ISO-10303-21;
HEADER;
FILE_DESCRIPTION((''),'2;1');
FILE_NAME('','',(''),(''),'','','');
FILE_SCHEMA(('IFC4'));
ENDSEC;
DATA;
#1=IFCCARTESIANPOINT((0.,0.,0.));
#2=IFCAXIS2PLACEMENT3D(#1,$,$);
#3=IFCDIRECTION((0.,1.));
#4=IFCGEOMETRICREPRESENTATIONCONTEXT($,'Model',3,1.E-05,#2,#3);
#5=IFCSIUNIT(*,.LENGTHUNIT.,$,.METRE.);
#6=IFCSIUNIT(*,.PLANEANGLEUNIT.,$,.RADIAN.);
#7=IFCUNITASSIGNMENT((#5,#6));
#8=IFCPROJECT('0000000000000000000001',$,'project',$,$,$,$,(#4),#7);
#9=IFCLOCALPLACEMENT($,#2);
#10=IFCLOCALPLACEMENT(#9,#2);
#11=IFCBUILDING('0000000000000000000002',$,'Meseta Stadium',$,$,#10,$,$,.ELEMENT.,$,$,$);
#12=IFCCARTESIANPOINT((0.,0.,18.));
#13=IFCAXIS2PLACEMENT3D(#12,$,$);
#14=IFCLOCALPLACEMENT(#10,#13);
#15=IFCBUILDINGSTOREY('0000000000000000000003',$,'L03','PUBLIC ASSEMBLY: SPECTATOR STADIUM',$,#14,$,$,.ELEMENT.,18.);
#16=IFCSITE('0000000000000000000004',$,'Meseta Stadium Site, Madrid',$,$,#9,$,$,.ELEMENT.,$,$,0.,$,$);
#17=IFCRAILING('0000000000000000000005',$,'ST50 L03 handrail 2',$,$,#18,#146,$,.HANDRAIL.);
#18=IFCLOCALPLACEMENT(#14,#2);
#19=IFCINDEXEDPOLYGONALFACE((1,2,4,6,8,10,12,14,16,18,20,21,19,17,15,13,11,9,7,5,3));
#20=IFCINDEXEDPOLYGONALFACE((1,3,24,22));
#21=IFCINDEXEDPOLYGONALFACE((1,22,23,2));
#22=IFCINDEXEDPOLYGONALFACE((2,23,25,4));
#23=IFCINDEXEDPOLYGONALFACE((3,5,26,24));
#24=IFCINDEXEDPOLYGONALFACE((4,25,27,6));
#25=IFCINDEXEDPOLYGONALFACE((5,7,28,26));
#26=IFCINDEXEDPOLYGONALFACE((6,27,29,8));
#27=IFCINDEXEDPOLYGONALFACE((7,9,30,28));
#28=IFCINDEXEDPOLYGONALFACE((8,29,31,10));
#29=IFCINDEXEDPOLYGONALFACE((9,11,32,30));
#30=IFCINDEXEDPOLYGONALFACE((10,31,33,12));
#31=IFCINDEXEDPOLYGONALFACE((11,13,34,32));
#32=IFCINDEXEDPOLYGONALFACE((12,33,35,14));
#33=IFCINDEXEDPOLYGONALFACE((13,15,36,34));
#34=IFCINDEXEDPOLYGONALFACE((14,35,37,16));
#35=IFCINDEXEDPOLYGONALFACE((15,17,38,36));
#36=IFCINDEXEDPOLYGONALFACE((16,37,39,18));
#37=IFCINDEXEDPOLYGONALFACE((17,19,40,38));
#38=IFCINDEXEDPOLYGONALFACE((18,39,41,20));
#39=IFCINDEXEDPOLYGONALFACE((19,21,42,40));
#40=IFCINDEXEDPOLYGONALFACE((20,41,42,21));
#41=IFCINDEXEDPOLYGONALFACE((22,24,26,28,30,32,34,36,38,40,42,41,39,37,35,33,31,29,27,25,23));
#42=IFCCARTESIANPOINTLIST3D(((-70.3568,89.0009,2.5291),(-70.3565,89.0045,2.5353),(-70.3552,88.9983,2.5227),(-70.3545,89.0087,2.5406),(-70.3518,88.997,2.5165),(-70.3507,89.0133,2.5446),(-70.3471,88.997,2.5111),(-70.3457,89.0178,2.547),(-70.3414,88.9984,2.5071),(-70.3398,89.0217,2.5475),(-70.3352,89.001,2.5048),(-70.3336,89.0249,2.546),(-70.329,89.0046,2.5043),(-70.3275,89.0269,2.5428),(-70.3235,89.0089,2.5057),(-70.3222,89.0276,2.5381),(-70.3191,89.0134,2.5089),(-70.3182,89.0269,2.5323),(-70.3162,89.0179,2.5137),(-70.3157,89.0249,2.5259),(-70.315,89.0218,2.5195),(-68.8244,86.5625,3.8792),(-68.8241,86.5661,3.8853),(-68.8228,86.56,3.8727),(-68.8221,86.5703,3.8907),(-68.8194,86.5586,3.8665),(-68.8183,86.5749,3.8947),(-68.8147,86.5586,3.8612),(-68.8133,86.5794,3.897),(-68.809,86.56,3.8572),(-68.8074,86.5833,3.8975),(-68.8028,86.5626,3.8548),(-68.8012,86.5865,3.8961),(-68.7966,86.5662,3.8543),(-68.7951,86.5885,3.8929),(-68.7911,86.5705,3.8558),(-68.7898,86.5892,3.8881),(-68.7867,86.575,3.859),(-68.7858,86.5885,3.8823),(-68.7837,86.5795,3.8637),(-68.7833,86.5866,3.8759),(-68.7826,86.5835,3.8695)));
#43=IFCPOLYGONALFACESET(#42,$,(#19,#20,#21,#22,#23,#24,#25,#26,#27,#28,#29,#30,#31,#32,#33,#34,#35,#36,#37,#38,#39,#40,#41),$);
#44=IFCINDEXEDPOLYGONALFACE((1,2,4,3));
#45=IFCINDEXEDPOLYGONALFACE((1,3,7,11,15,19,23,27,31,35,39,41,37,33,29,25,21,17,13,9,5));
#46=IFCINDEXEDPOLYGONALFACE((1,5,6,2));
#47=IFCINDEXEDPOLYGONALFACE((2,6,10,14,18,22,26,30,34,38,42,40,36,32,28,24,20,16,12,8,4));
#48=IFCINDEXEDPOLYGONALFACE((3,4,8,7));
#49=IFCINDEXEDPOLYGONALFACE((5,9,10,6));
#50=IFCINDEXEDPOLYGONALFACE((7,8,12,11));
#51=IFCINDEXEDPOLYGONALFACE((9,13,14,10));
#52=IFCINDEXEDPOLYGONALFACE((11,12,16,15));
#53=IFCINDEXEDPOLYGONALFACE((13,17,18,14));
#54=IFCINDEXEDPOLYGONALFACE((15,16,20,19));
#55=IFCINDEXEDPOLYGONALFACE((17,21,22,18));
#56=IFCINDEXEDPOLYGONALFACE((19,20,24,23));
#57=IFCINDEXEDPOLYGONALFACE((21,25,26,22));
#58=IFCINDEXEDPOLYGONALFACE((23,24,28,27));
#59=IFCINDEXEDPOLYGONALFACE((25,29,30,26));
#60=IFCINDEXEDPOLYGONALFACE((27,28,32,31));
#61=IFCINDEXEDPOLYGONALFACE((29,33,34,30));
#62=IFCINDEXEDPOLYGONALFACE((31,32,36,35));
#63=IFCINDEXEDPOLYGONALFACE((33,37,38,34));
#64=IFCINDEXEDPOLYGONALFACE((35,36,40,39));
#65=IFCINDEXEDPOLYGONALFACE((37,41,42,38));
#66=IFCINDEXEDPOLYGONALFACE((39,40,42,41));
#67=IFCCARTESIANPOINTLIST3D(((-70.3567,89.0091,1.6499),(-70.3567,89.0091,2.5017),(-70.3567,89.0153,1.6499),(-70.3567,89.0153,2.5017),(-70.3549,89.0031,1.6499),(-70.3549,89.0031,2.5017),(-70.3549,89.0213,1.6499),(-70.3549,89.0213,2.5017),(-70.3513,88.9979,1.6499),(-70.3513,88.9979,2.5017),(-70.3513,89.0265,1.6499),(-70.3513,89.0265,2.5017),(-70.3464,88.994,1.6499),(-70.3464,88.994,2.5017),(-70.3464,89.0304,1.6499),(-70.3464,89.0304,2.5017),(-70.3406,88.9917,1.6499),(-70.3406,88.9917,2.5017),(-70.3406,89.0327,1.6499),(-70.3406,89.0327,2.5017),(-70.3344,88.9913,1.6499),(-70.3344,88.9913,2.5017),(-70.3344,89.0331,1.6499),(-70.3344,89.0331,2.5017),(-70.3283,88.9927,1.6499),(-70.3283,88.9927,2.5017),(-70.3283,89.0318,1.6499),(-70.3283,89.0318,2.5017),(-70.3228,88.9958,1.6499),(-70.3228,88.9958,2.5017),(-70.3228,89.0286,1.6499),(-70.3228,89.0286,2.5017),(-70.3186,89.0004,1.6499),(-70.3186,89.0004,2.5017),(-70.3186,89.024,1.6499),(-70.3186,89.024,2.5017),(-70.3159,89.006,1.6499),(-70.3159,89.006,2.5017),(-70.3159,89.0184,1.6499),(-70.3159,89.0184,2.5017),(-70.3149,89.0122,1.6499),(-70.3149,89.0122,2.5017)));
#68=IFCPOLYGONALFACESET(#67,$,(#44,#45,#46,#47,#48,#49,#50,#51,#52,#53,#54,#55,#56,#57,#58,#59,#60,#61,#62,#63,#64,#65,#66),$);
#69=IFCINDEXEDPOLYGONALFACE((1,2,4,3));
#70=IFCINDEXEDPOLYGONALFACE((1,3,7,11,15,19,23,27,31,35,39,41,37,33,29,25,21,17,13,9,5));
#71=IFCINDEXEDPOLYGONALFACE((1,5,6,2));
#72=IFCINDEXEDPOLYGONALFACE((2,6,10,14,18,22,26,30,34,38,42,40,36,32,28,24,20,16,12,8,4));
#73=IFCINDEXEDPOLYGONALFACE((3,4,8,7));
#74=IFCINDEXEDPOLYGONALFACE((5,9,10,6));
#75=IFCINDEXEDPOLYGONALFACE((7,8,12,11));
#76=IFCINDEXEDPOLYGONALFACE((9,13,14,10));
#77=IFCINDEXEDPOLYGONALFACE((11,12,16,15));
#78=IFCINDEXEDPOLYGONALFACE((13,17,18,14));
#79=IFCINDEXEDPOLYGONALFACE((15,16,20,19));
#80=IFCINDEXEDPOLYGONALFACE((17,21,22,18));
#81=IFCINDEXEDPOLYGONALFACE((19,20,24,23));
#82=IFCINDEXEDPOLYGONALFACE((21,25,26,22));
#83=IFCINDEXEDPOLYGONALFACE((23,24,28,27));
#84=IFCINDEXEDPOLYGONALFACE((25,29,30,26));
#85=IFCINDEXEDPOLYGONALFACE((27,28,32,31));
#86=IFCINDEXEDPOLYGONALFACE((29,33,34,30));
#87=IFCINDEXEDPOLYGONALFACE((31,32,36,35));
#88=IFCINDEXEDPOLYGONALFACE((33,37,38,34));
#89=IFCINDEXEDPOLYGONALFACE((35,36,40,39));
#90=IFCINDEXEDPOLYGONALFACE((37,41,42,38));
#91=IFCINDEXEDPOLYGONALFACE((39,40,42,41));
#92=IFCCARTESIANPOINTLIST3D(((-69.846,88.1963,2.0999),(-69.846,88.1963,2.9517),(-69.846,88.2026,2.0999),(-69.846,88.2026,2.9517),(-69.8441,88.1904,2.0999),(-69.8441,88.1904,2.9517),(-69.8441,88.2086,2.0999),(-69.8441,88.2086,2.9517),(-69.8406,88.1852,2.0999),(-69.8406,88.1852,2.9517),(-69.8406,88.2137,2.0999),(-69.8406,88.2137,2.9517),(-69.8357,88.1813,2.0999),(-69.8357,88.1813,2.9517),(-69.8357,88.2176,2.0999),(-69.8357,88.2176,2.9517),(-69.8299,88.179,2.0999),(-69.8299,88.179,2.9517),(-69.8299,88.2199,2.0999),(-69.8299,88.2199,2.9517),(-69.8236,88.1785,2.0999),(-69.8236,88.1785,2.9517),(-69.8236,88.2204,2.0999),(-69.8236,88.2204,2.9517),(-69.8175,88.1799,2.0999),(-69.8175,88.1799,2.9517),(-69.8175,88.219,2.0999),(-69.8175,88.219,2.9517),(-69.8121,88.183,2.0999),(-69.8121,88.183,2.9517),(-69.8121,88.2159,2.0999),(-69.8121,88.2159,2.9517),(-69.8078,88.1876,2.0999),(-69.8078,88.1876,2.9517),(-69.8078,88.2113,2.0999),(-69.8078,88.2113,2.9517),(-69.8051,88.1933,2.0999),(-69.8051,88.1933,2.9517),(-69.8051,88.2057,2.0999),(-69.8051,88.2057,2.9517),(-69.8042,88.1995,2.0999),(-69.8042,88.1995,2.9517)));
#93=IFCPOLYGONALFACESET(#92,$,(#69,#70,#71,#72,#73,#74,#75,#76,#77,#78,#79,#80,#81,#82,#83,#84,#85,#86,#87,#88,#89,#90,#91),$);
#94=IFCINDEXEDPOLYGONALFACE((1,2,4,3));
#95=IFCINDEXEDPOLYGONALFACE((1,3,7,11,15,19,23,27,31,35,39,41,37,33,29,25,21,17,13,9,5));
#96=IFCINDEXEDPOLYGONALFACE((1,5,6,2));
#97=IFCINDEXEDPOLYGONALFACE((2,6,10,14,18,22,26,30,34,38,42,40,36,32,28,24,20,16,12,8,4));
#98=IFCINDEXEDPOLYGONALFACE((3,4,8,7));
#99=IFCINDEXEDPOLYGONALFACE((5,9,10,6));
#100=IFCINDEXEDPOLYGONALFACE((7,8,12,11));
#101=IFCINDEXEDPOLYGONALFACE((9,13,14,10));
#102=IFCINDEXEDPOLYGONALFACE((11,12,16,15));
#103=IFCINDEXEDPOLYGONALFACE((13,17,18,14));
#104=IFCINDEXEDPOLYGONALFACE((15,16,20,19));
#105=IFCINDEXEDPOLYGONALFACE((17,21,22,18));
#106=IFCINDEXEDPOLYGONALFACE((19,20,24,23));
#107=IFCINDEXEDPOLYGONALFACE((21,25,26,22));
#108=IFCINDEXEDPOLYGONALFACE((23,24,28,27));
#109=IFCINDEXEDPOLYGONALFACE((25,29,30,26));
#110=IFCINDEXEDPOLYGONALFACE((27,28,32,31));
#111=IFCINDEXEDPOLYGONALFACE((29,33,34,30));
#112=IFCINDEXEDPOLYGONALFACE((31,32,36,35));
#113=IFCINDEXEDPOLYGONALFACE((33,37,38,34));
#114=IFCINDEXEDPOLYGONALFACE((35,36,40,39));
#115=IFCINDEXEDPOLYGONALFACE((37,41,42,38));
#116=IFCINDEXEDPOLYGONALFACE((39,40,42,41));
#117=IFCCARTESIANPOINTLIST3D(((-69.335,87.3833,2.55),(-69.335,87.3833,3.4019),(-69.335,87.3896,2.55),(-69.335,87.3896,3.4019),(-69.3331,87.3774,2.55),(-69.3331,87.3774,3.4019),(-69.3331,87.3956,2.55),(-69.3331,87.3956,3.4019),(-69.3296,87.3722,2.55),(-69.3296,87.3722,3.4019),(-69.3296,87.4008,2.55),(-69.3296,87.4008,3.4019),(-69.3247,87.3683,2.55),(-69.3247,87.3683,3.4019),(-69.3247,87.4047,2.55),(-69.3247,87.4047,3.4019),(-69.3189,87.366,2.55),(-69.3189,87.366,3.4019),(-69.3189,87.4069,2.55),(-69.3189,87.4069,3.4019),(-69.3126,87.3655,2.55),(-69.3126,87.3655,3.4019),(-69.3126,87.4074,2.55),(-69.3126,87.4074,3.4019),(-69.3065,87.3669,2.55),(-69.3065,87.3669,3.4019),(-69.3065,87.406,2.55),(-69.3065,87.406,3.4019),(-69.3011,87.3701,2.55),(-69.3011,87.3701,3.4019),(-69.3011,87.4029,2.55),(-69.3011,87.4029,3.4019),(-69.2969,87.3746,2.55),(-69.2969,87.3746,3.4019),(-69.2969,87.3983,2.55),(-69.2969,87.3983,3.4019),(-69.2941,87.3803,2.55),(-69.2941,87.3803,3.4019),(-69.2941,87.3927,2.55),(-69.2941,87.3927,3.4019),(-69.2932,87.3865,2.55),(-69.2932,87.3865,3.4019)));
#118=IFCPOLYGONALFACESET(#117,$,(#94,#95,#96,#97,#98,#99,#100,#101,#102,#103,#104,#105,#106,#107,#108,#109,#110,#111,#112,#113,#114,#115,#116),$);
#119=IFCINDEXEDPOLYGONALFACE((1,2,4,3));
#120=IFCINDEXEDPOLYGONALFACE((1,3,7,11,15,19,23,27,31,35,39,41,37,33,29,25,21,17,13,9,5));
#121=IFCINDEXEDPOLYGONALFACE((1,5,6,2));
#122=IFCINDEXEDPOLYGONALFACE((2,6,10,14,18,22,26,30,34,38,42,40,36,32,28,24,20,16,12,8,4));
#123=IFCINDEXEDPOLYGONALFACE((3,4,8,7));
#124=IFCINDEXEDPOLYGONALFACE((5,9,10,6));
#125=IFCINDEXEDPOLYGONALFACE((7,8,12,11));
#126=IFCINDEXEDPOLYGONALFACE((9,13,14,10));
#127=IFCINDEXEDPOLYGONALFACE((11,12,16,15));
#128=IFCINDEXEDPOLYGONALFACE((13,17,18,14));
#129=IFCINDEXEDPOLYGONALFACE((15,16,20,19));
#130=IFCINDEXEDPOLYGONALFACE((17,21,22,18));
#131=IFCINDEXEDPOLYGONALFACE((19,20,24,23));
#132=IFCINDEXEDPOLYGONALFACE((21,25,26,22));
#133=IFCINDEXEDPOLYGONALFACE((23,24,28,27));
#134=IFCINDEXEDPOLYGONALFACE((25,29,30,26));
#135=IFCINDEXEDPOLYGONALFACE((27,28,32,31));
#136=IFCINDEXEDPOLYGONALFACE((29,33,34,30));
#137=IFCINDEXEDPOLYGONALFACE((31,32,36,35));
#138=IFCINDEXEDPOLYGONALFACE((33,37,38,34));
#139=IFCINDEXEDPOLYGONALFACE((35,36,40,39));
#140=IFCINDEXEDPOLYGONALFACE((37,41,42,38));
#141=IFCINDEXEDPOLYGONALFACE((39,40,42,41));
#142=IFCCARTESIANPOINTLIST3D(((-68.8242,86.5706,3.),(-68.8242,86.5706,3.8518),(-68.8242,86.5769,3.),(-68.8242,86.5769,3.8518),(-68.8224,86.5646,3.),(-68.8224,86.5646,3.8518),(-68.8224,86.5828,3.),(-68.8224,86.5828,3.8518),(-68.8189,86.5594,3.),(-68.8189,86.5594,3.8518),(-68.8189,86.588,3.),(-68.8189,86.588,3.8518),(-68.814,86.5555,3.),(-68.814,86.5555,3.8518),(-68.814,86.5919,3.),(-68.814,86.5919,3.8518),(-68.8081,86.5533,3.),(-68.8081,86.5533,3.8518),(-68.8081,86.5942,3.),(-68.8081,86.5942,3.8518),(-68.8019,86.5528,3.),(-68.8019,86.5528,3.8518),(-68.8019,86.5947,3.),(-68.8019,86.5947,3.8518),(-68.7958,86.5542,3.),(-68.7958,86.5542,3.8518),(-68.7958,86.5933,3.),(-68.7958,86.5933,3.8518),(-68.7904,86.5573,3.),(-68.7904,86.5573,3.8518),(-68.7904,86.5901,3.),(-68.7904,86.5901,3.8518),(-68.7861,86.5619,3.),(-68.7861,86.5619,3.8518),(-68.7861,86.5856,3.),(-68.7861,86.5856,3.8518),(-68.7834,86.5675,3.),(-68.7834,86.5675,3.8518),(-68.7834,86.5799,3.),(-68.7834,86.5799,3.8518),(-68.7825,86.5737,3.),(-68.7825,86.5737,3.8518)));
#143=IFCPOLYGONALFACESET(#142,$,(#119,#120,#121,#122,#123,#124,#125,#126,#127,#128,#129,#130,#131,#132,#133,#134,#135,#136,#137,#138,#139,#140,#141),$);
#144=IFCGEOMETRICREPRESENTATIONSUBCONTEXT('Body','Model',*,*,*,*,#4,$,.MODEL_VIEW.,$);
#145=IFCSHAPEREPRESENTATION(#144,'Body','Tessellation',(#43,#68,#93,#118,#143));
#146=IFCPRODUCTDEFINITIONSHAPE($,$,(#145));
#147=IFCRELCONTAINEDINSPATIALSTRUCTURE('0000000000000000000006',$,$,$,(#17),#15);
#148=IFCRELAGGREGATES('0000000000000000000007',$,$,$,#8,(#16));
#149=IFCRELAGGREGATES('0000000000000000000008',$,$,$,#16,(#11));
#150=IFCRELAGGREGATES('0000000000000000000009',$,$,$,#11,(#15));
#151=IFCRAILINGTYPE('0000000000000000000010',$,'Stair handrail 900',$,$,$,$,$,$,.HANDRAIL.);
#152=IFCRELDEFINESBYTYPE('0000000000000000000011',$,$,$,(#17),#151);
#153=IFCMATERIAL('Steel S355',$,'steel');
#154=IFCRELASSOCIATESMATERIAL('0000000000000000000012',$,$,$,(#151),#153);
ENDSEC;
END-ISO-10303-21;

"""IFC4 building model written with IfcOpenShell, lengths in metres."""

from ifc_helpers import new_model, si_unit, direction, frame, origin, origin_2d, place, context, subcontext, project, spatial, circle, extrude, material, type_object, element, save


model = new_model("IFC4")

# Units and contexts
model_context = context("Model", 3, precision=1e-05, world=origin(), true_north=direction((0.0, 1.0)))
body_context = subcontext(model_context, "Body", "Model", "MODEL_VIEW")
ifc_project = project(units=[si_unit("LENGTHUNIT", "METRE"), si_unit("PLANEANGLEUNIT", "RADIAN")], contexts=[model_context])

# Site, building, storey
site_placement = place(None, origin())
site = spatial("IfcSite", under=ifc_project, at=site_placement, Name="Meseta Stadium Site, Madrid", CompositionType="ELEMENT", RefElevation=0.0)
building_placement = place(site_placement, origin())
building = spatial("IfcBuilding", under=site, at=building_placement, Name="Meseta Stadium", CompositionType="ELEMENT")
storey_placement = place(building_placement, frame((0.0, 0.0, 18.0)))
storey = spatial("IfcBuildingStorey", under=building, at=storey_placement, Name="L03", Description="PUBLIC ASSEMBLY: SPECTATOR STADIUM", CompositionType="ELEMENT", Elevation=18.0)

# Railing
ifc_material_1 = material(Name="Steel S355", Category="steel")
railing_type_1 = type_object("IfcRailingType", Name="Stair handrail 900", PredefinedType="HANDRAIL", material=ifc_material_1)
for number, where, name in (
    (1, (-70.3359, 89.0122, 1.6499), "ST50 L03 handrail 2"),
):
    element("IfcRailing", number, at=place(storey_placement, frame(where)), inside=storey, type_object=railing_type_1, Name=name, PredefinedType="HANDRAIL", context=body_context, shape_type="SweptSolid", body=[
        extrude(circle(Radius=0.0239, at=origin_2d()), frame((0.0, 0.0, 0.876), z_axis=(0.48179, -0.766627, 0.424454), x_axis=(0.846681, 0.5321, 0.0)), (0.0, 0.0, 1.0), 3.1807),
        extrude(circle(Radius=0.021, at=origin_2d()), origin(), (0.0, 0.0, 1.0), 0.8518),
        extrude(circle(Radius=0.021, at=origin_2d()), frame((0.5107, -0.8127, 0.45)), (0.0, 0.0, 1.0), 0.8518),
        extrude(circle(Radius=0.021, at=origin_2d()), frame((1.0217, -1.6257, 0.9001)), (0.0, 0.0, 1.0), 0.8518),
        extrude(circle(Radius=0.021, at=origin_2d()), frame((1.5325, -2.4385, 1.3501)), (0.0, 0.0, 1.0), 0.8518),
    ])

save(model, "model.ifc")
